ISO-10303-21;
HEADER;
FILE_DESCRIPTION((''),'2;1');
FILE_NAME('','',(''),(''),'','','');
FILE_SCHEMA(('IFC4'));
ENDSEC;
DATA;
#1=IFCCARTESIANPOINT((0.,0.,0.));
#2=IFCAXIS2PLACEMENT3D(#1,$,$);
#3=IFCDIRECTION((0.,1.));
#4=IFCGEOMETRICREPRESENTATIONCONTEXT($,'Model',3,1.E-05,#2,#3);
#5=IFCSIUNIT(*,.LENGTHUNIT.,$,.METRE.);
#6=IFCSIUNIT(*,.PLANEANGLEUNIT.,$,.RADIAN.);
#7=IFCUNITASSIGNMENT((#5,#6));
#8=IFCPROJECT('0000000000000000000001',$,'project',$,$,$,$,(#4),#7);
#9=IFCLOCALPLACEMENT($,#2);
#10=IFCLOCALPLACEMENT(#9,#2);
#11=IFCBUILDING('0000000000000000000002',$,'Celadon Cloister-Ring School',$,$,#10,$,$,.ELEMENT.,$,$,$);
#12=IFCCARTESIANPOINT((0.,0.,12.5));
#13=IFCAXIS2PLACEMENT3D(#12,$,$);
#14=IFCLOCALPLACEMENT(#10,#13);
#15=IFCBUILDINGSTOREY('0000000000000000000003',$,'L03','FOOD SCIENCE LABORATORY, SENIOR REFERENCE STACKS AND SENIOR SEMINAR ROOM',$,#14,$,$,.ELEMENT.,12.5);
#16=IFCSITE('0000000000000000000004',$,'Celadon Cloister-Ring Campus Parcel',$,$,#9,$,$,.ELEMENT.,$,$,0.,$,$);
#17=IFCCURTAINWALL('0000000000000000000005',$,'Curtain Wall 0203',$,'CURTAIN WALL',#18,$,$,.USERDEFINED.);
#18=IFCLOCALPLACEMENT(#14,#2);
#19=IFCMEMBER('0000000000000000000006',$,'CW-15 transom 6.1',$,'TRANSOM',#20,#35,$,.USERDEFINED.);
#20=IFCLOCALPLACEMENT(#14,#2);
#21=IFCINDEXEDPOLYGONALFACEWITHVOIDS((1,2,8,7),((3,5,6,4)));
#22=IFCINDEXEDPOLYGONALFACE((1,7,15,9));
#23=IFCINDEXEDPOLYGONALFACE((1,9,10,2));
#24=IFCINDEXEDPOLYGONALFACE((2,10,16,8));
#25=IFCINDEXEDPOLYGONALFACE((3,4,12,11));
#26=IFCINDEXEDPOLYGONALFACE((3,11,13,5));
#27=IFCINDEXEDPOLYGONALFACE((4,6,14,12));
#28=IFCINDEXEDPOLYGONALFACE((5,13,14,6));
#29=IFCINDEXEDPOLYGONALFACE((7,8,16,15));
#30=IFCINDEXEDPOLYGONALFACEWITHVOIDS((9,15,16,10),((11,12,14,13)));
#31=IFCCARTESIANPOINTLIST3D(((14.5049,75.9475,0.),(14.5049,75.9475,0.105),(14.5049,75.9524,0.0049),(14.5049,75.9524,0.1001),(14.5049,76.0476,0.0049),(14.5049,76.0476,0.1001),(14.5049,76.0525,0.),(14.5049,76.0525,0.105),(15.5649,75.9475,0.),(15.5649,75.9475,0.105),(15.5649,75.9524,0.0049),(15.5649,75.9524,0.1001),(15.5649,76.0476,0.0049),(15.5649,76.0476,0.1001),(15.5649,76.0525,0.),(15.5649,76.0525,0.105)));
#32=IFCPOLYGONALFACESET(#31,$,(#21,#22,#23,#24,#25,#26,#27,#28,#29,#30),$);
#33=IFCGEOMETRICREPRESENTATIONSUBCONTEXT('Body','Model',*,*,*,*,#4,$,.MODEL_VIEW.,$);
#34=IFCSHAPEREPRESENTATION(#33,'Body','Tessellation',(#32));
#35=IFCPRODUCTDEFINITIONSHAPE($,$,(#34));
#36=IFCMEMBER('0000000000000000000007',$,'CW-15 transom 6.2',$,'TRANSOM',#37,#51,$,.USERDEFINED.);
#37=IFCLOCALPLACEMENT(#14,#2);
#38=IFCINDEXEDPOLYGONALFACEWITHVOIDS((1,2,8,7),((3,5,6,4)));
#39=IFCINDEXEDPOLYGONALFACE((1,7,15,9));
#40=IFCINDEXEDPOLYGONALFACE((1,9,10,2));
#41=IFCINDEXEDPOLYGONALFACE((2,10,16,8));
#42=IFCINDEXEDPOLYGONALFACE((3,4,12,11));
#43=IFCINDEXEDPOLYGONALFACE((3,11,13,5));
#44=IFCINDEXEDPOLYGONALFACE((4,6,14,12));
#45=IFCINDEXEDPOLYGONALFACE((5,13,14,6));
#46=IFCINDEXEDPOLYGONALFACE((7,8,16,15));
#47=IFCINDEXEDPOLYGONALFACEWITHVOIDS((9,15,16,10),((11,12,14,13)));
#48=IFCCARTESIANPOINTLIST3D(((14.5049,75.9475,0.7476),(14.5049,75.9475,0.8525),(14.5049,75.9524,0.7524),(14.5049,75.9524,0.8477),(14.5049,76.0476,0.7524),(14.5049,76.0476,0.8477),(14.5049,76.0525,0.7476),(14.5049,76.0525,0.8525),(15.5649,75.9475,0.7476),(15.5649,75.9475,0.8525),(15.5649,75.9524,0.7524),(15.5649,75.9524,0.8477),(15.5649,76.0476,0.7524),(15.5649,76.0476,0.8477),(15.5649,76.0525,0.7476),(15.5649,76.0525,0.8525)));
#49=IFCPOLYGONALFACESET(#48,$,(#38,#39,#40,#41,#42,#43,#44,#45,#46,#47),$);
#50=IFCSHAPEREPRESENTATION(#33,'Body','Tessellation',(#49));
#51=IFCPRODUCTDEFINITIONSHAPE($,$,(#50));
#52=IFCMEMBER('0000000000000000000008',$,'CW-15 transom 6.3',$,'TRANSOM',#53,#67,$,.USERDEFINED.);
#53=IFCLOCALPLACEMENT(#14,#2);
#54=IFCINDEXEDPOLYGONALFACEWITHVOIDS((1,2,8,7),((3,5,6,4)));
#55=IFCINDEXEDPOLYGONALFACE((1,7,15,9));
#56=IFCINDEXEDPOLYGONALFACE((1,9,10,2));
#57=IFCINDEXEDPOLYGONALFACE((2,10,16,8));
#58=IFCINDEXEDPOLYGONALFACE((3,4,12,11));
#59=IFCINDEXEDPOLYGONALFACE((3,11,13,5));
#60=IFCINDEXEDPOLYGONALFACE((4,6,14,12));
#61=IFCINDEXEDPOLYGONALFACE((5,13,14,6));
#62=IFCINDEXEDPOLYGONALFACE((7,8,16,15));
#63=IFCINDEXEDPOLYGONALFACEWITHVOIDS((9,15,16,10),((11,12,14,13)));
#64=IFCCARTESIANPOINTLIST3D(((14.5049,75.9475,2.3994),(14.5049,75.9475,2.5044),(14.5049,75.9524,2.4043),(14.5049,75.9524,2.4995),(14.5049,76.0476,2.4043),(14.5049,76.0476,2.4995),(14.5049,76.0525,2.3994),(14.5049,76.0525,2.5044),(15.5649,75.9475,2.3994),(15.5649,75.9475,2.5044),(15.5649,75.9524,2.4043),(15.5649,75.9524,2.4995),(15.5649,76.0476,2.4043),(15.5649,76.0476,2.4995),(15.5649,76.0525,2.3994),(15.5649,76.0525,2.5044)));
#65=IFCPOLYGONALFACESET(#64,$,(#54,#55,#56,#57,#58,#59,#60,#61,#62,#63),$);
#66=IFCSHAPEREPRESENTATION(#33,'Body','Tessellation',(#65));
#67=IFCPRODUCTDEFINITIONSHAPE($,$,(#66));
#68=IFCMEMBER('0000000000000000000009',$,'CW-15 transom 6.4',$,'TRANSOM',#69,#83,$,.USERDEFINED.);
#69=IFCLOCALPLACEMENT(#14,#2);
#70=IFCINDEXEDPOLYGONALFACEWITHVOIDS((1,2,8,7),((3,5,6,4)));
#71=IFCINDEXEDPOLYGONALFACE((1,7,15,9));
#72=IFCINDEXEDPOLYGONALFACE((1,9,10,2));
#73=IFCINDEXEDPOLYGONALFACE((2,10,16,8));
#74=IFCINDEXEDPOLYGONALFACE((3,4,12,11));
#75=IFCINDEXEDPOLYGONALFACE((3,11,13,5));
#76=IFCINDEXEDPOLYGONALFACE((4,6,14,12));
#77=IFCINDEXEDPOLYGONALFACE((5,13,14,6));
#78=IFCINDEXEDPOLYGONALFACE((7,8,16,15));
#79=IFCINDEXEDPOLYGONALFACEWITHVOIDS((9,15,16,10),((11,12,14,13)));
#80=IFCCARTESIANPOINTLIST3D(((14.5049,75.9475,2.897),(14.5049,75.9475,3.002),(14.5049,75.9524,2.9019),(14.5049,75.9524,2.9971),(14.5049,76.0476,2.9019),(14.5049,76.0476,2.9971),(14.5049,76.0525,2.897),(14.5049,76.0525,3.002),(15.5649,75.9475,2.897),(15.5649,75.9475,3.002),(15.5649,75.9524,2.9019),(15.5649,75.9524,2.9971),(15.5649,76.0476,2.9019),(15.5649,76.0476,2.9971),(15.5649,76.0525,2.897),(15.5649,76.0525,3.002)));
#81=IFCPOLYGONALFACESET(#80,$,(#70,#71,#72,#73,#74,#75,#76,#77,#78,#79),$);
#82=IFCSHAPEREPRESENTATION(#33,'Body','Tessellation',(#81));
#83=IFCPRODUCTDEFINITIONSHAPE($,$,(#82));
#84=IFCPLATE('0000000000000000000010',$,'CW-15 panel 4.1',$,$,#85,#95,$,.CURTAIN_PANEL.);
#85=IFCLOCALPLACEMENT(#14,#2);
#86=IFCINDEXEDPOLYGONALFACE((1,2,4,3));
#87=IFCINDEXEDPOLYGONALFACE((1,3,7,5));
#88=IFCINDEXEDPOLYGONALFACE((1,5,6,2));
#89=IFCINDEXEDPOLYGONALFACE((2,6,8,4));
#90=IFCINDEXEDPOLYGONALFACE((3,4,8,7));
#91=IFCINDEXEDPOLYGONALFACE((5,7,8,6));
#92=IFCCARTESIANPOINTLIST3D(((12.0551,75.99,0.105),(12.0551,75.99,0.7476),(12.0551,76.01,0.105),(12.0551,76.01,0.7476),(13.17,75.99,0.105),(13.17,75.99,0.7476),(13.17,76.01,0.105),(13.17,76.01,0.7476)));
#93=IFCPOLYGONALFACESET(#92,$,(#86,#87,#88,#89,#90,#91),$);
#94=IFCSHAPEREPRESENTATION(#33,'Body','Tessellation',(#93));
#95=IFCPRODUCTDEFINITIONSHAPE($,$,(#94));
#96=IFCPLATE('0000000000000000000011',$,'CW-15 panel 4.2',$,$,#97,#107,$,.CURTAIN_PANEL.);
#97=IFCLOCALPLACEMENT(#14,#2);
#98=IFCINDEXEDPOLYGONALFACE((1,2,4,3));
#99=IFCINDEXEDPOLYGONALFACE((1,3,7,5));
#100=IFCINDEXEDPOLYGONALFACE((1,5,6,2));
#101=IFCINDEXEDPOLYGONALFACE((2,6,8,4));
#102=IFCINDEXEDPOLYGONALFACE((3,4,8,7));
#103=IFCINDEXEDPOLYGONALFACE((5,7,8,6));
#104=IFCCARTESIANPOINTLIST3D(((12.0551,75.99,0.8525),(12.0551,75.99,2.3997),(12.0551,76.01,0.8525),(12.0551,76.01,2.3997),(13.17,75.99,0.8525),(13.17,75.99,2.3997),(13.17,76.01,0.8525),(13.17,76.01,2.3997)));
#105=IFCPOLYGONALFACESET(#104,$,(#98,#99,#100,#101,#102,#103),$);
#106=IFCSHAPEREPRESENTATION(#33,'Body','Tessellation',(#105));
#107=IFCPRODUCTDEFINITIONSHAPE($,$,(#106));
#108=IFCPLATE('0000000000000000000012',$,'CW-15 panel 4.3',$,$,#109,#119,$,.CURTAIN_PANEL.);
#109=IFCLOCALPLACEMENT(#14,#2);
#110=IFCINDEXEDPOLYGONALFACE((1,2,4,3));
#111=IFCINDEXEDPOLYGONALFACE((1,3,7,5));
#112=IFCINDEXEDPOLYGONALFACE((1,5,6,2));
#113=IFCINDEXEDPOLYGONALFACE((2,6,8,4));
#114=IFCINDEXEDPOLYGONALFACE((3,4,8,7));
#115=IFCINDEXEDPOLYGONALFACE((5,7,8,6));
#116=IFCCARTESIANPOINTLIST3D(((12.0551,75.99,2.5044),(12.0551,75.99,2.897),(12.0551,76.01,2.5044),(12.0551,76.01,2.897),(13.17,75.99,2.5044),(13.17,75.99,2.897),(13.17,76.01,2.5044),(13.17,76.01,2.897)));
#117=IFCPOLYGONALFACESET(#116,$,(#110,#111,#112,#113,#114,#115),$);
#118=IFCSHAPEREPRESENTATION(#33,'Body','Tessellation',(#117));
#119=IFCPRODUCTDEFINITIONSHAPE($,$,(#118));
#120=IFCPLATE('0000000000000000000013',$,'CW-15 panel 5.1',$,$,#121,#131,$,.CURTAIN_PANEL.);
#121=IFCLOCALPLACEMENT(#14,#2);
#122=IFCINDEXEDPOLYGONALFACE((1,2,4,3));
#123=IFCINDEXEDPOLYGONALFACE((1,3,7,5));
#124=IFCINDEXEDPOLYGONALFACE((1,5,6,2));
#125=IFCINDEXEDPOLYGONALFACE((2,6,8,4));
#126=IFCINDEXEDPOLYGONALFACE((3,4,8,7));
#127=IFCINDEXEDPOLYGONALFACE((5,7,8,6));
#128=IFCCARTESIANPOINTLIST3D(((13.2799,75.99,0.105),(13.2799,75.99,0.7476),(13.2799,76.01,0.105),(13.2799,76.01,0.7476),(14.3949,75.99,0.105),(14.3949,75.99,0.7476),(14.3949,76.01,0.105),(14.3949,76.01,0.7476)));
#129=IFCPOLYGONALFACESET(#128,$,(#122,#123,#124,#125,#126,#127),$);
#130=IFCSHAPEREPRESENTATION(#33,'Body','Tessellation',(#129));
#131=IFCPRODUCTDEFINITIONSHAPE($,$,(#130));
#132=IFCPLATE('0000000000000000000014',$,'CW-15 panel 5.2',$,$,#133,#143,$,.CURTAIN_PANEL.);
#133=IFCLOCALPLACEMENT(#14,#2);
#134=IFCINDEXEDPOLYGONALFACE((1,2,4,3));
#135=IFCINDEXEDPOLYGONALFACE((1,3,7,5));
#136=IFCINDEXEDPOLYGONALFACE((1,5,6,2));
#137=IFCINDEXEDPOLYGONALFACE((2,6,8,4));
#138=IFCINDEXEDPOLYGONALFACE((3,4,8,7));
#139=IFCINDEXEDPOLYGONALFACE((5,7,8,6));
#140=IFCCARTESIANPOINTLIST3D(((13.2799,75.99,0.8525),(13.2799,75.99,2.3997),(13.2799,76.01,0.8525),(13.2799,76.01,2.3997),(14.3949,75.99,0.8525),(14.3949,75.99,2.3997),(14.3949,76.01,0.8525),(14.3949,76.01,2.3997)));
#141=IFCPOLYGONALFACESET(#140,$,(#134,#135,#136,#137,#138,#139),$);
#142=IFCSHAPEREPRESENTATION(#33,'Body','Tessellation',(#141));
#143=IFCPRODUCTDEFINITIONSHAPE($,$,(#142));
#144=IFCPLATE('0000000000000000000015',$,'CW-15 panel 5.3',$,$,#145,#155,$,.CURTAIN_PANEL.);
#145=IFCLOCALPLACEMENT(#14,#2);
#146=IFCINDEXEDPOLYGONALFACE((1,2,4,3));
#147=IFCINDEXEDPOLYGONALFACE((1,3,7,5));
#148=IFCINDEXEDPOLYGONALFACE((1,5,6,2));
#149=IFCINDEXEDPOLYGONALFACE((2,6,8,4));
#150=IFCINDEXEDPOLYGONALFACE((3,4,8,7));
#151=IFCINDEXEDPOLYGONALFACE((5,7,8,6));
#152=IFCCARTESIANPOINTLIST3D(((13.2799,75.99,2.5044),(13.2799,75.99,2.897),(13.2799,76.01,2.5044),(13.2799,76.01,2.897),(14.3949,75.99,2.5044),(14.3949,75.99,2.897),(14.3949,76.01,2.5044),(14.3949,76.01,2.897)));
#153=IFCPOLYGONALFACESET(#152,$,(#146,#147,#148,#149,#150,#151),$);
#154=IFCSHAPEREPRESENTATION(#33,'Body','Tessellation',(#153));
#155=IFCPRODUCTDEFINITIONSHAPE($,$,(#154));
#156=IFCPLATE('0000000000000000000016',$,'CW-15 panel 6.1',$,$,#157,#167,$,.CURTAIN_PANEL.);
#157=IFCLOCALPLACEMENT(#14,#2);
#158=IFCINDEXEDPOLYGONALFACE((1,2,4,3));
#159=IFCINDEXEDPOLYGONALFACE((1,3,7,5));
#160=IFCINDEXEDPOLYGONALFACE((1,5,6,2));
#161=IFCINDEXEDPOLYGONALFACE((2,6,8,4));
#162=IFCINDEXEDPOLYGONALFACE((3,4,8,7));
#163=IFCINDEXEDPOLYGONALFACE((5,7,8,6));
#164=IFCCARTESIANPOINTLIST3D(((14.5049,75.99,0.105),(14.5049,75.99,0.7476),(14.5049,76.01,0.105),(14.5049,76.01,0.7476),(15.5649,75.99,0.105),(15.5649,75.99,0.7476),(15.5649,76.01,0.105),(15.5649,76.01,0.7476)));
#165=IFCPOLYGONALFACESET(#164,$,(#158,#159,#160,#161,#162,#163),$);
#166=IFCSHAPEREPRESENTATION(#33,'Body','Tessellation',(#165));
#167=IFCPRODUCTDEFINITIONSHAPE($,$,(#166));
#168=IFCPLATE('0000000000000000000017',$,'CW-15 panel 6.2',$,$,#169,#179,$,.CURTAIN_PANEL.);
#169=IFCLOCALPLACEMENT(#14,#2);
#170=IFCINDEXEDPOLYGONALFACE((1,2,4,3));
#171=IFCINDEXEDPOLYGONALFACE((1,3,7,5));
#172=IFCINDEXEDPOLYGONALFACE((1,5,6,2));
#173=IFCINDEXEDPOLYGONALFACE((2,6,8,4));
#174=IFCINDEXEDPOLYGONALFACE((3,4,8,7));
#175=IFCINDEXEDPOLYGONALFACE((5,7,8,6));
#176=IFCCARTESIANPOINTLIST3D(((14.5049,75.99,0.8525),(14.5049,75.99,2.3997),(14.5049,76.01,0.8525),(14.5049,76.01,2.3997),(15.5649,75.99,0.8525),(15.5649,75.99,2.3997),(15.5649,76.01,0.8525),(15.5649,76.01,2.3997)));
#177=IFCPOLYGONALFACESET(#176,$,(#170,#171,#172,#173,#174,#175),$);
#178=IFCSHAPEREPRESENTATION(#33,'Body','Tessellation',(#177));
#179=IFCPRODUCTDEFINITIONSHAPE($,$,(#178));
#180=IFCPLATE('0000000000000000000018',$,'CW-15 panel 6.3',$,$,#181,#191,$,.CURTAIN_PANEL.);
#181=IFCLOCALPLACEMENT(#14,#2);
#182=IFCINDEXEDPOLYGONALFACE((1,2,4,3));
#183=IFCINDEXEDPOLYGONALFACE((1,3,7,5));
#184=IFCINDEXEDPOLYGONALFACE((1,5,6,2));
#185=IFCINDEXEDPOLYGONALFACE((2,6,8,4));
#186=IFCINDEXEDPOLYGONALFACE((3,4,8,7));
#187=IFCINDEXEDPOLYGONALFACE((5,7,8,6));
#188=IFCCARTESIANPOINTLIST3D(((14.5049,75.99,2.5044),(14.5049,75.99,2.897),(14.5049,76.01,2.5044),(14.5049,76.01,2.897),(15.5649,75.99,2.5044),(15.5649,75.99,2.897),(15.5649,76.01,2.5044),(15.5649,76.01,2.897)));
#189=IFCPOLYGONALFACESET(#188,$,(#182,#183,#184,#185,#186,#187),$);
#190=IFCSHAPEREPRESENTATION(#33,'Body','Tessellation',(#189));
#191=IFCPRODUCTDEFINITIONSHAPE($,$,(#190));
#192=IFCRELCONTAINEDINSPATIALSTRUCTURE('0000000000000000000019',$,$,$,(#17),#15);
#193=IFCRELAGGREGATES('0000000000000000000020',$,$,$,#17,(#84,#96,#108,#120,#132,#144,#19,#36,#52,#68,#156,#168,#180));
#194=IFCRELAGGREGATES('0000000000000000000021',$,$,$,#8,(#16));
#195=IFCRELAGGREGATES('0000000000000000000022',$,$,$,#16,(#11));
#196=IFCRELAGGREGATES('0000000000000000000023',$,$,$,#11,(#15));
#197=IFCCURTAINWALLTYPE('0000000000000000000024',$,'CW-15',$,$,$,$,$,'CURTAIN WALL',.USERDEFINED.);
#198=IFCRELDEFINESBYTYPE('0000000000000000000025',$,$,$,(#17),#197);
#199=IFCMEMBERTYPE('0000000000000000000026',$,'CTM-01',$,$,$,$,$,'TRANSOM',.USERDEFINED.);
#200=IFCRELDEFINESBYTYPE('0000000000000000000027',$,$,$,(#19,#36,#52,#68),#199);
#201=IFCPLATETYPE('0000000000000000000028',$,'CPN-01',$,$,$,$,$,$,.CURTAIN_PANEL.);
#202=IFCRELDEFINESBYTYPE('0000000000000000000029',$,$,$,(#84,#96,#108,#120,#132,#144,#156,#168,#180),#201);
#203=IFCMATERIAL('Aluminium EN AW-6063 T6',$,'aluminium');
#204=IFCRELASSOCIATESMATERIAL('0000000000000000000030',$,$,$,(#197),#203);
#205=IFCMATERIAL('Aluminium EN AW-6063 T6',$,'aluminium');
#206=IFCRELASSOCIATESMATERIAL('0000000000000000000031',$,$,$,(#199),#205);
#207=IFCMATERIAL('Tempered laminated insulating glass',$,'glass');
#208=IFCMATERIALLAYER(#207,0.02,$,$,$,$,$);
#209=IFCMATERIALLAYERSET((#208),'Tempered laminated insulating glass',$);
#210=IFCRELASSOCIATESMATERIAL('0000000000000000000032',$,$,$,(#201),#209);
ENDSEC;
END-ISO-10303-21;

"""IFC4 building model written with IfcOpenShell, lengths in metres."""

from ifc_helpers import new_model, si_unit, direction, frame, origin, origin_2d, place, context, subcontext, project, spatial, rectangle, hollow_rectangle, extrude, material, layer, layer_set, material_profile, profile_set, type_object, element, aggregate, save


model = new_model("IFC4")

# Units and contexts
model_context = context("Model", 3, precision=1e-05, world=origin(), true_north=direction((0.0, 1.0)))
body_context = subcontext(model_context, "Body", "Model", "MODEL_VIEW")
ifc_project = project(units=[si_unit("LENGTHUNIT", "METRE"), si_unit("PLANEANGLEUNIT", "RADIAN")], contexts=[model_context])

# Site, building, storey
site_placement = place(None, origin())
site = spatial("IfcSite", under=ifc_project, at=site_placement, Name="Celadon Cloister-Ring Campus Parcel", CompositionType="ELEMENT", RefElevation=0.0)
building_placement = place(site_placement, origin())
building = spatial("IfcBuilding", under=site, at=building_placement, Name="Celadon Cloister-Ring School", CompositionType="ELEMENT")
storey_placement = place(building_placement, frame((0.0, 0.0, 12.5)))
storey = spatial("IfcBuildingStorey", under=building, at=storey_placement, Name="L03", Description="FOOD SCIENCE LABORATORY, SENIOR REFERENCE STACKS AND SENIOR SEMINAR ROOM", CompositionType="ELEMENT", Elevation=12.5)

# Curtain wall, members, plates
ifc_material_1 = material(Name="Aluminium EN AW-6063 T6", Category="aluminium")
curtain_wall_type = type_object("IfcCurtainWallType", Name="CW-15", ElementType="CURTAIN WALL", PredefinedType="USERDEFINED", material=ifc_material_1)
curtain_wall_placement = place(storey_placement, origin())
curtain_wall = element("IfcCurtainWall", 1, at=curtain_wall_placement, inside=storey, type_object=curtain_wall_type, Name="Curtain Wall 0203", ObjectType="CURTAIN WALL", PredefinedType="USERDEFINED")
ifc_material_2 = material(Name="Aluminium EN AW-6063 T6", Category="aluminium")
ifc_material_profile_1 = material_profile(ifc_material_2, hollow_rectangle(XDim=0.105, YDim=0.105, WallThickness=0.0049, at=origin_2d()), Name="RHS105X105X5")
ifc_profile_set_1 = profile_set([ifc_material_profile_1], Name="Aluminium EN AW-6063 T6")
member_type_1 = type_object("IfcMemberType", Name="CTM-01", ElementType="TRANSOM", PredefinedType="USERDEFINED", material=ifc_profile_set_1)
member_1_placement = place(storey_placement, frame((14.5049, 76.0, 0.0525), z_axis=(1.0, 0.0, 0.0), x_axis=(0.0, 1.0, 0.0)))
member_1 = element("IfcMember", 2, at=member_1_placement, type_object=member_type_1, Name="CW-15 transom 6.1", ObjectType="TRANSOM", PredefinedType="USERDEFINED", context=body_context, shape_type="SweptSolid", body=[
    extrude(hollow_rectangle(XDim=0.105, YDim=0.105, WallThickness=0.0049, at=origin_2d()), origin(), (0.0, 0.0, 1.0), 1.0601),
])
member_2_placement = place(storey_placement, frame((14.5049, 76.0, 0.8), z_axis=(1.0, 0.0, 0.0), x_axis=(0.0, 1.0, 0.0)))
member_2 = element("IfcMember", 3, at=member_2_placement, type_object=member_type_1, Name="CW-15 transom 6.2", ObjectType="TRANSOM", PredefinedType="USERDEFINED", context=body_context, shape_type="SweptSolid", body=[
    extrude(hollow_rectangle(XDim=0.105, YDim=0.105, WallThickness=0.0049, at=origin_2d()), origin(), (0.0, 0.0, 1.0), 1.0601),
])
member_3_placement = place(storey_placement, frame((14.5049, 76.0, 2.4519), z_axis=(1.0, 0.0, 0.0), x_axis=(0.0, 1.0, 0.0)))
member_3 = element("IfcMember", 4, at=member_3_placement, type_object=member_type_1, Name="CW-15 transom 6.3", ObjectType="TRANSOM", PredefinedType="USERDEFINED", context=body_context, shape_type="SweptSolid", body=[
    extrude(hollow_rectangle(XDim=0.105, YDim=0.105, WallThickness=0.0049, at=origin_2d()), origin(), (0.0, 0.0, 1.0), 1.0601),
])
member_4_placement = place(storey_placement, frame((14.5049, 76.0, 2.9495), z_axis=(1.0, 0.0, 0.0), x_axis=(0.0, 1.0, 0.0)))
member_4 = element("IfcMember", 5, at=member_4_placement, type_object=member_type_1, Name="CW-15 transom 6.4", ObjectType="TRANSOM", PredefinedType="USERDEFINED", context=body_context, shape_type="SweptSolid", body=[
    extrude(hollow_rectangle(XDim=0.105, YDim=0.105, WallThickness=0.0049, at=origin_2d()), origin(), (0.0, 0.0, 1.0), 1.0601),
])
ifc_material_3 = material(Name="Tempered laminated insulating glass", Category="glass")
ifc_layer = layer(ifc_material_3, 0.02)
ifc_layer_set = layer_set([ifc_layer], Name="Tempered laminated insulating glass")
plate_type = type_object("IfcPlateType", Name="CPN-01", PredefinedType="CURTAIN_PANEL", material=ifc_layer_set)
plate_1_placement = place(storey_placement, frame((12.6125, 76.0, 0.105), z_axis=(0.0, 0.0, 1.0), x_axis=(1.0, 0.0, 0.0)))
plate_1 = element("IfcPlate", 6, at=plate_1_placement, type_object=plate_type, Name="CW-15 panel 4.1", PredefinedType="CURTAIN_PANEL", context=body_context, shape_type="SweptSolid", body=[
    extrude(rectangle(XDim=1.115, YDim=0.02, at=origin_2d()), origin(), (0.0, 0.0, 1.0), 0.6426),
])
plate_2_placement = place(storey_placement, frame((12.6125, 76.0, 0.8525), z_axis=(0.0, 0.0, 1.0), x_axis=(1.0, 0.0, 0.0)))
plate_2 = element("IfcPlate", 7, at=plate_2_placement, type_object=plate_type, Name="CW-15 panel 4.2", PredefinedType="CURTAIN_PANEL", context=body_context, shape_type="SweptSolid", body=[
    extrude(rectangle(XDim=1.115, YDim=0.02, at=origin_2d()), origin(), (0.0, 0.0, 1.0), 1.5471),
])
plate_3_placement = place(storey_placement, frame((12.6125, 76.0, 2.5044), z_axis=(0.0, 0.0, 1.0), x_axis=(1.0, 0.0, 0.0)))
plate_3 = element("IfcPlate", 8, at=plate_3_placement, type_object=plate_type, Name="CW-15 panel 4.3", PredefinedType="CURTAIN_PANEL", context=body_context, shape_type="SweptSolid", body=[
    extrude(rectangle(XDim=1.115, YDim=0.02, at=origin_2d()), origin(), (0.0, 0.0, 1.0), 0.3926),
])
plate_4_placement = place(storey_placement, frame((13.8374, 76.0, 0.105), z_axis=(0.0, 0.0, 1.0), x_axis=(1.0, 0.0, 0.0)))
plate_4 = element("IfcPlate", 9, at=plate_4_placement, type_object=plate_type, Name="CW-15 panel 5.1", PredefinedType="CURTAIN_PANEL", context=body_context, shape_type="SweptSolid", body=[
    extrude(rectangle(XDim=1.115, YDim=0.02, at=origin_2d()), origin(), (0.0, 0.0, 1.0), 0.6426),
])
plate_5_placement = place(storey_placement, frame((13.8374, 76.0, 0.8525), z_axis=(0.0, 0.0, 1.0), x_axis=(1.0, 0.0, 0.0)))
plate_5 = element("IfcPlate", 10, at=plate_5_placement, type_object=plate_type, Name="CW-15 panel 5.2", PredefinedType="CURTAIN_PANEL", context=body_context, shape_type="SweptSolid", body=[
    extrude(rectangle(XDim=1.115, YDim=0.02, at=origin_2d()), origin(), (0.0, 0.0, 1.0), 1.5471),
])
plate_6_placement = place(storey_placement, frame((13.8374, 76.0, 2.5044), z_axis=(0.0, 0.0, 1.0), x_axis=(1.0, 0.0, 0.0)))
plate_6 = element("IfcPlate", 11, at=plate_6_placement, type_object=plate_type, Name="CW-15 panel 5.3", PredefinedType="CURTAIN_PANEL", context=body_context, shape_type="SweptSolid", body=[
    extrude(rectangle(XDim=1.115, YDim=0.02, at=origin_2d()), origin(), (0.0, 0.0, 1.0), 0.3926),
])
plate_7_placement = place(storey_placement, frame((15.0349, 76.0, 0.105), z_axis=(0.0, 0.0, 1.0), x_axis=(1.0, 0.0, 0.0)))
plate_7 = element("IfcPlate", 12, at=plate_7_placement, type_object=plate_type, Name="CW-15 panel 6.1", PredefinedType="CURTAIN_PANEL", context=body_context, shape_type="SweptSolid", body=[
    extrude(rectangle(XDim=1.0601, YDim=0.02, at=origin_2d()), origin(), (0.0, 0.0, 1.0), 0.6426),
])
plate_8_placement = place(storey_placement, frame((15.0349, 76.0, 0.8525), z_axis=(0.0, 0.0, 1.0), x_axis=(1.0, 0.0, 0.0)))
plate_8 = element("IfcPlate", 13, at=plate_8_placement, type_object=plate_type, Name="CW-15 panel 6.2", PredefinedType="CURTAIN_PANEL", context=body_context, shape_type="SweptSolid", body=[
    extrude(rectangle(XDim=1.0601, YDim=0.02, at=origin_2d()), origin(), (0.0, 0.0, 1.0), 1.5471),
])
plate_9_placement = place(storey_placement, frame((15.0349, 76.0, 2.5044), z_axis=(0.0, 0.0, 1.0), x_axis=(1.0, 0.0, 0.0)))
plate_9 = element("IfcPlate", 14, at=plate_9_placement, type_object=plate_type, Name="CW-15 panel 6.3", PredefinedType="CURTAIN_PANEL", context=body_context, shape_type="SweptSolid", body=[
    extrude(rectangle(XDim=1.0601, YDim=0.02, at=origin_2d()), origin(), (0.0, 0.0, 1.0), 0.3926),
])
aggregate(curtain_wall, [plate_1, plate_2, plate_3, plate_4, plate_5, plate_6, member_1, member_2, member_3, member_4, plate_7, plate_8, plate_9])

save(model, "model.ifc")
